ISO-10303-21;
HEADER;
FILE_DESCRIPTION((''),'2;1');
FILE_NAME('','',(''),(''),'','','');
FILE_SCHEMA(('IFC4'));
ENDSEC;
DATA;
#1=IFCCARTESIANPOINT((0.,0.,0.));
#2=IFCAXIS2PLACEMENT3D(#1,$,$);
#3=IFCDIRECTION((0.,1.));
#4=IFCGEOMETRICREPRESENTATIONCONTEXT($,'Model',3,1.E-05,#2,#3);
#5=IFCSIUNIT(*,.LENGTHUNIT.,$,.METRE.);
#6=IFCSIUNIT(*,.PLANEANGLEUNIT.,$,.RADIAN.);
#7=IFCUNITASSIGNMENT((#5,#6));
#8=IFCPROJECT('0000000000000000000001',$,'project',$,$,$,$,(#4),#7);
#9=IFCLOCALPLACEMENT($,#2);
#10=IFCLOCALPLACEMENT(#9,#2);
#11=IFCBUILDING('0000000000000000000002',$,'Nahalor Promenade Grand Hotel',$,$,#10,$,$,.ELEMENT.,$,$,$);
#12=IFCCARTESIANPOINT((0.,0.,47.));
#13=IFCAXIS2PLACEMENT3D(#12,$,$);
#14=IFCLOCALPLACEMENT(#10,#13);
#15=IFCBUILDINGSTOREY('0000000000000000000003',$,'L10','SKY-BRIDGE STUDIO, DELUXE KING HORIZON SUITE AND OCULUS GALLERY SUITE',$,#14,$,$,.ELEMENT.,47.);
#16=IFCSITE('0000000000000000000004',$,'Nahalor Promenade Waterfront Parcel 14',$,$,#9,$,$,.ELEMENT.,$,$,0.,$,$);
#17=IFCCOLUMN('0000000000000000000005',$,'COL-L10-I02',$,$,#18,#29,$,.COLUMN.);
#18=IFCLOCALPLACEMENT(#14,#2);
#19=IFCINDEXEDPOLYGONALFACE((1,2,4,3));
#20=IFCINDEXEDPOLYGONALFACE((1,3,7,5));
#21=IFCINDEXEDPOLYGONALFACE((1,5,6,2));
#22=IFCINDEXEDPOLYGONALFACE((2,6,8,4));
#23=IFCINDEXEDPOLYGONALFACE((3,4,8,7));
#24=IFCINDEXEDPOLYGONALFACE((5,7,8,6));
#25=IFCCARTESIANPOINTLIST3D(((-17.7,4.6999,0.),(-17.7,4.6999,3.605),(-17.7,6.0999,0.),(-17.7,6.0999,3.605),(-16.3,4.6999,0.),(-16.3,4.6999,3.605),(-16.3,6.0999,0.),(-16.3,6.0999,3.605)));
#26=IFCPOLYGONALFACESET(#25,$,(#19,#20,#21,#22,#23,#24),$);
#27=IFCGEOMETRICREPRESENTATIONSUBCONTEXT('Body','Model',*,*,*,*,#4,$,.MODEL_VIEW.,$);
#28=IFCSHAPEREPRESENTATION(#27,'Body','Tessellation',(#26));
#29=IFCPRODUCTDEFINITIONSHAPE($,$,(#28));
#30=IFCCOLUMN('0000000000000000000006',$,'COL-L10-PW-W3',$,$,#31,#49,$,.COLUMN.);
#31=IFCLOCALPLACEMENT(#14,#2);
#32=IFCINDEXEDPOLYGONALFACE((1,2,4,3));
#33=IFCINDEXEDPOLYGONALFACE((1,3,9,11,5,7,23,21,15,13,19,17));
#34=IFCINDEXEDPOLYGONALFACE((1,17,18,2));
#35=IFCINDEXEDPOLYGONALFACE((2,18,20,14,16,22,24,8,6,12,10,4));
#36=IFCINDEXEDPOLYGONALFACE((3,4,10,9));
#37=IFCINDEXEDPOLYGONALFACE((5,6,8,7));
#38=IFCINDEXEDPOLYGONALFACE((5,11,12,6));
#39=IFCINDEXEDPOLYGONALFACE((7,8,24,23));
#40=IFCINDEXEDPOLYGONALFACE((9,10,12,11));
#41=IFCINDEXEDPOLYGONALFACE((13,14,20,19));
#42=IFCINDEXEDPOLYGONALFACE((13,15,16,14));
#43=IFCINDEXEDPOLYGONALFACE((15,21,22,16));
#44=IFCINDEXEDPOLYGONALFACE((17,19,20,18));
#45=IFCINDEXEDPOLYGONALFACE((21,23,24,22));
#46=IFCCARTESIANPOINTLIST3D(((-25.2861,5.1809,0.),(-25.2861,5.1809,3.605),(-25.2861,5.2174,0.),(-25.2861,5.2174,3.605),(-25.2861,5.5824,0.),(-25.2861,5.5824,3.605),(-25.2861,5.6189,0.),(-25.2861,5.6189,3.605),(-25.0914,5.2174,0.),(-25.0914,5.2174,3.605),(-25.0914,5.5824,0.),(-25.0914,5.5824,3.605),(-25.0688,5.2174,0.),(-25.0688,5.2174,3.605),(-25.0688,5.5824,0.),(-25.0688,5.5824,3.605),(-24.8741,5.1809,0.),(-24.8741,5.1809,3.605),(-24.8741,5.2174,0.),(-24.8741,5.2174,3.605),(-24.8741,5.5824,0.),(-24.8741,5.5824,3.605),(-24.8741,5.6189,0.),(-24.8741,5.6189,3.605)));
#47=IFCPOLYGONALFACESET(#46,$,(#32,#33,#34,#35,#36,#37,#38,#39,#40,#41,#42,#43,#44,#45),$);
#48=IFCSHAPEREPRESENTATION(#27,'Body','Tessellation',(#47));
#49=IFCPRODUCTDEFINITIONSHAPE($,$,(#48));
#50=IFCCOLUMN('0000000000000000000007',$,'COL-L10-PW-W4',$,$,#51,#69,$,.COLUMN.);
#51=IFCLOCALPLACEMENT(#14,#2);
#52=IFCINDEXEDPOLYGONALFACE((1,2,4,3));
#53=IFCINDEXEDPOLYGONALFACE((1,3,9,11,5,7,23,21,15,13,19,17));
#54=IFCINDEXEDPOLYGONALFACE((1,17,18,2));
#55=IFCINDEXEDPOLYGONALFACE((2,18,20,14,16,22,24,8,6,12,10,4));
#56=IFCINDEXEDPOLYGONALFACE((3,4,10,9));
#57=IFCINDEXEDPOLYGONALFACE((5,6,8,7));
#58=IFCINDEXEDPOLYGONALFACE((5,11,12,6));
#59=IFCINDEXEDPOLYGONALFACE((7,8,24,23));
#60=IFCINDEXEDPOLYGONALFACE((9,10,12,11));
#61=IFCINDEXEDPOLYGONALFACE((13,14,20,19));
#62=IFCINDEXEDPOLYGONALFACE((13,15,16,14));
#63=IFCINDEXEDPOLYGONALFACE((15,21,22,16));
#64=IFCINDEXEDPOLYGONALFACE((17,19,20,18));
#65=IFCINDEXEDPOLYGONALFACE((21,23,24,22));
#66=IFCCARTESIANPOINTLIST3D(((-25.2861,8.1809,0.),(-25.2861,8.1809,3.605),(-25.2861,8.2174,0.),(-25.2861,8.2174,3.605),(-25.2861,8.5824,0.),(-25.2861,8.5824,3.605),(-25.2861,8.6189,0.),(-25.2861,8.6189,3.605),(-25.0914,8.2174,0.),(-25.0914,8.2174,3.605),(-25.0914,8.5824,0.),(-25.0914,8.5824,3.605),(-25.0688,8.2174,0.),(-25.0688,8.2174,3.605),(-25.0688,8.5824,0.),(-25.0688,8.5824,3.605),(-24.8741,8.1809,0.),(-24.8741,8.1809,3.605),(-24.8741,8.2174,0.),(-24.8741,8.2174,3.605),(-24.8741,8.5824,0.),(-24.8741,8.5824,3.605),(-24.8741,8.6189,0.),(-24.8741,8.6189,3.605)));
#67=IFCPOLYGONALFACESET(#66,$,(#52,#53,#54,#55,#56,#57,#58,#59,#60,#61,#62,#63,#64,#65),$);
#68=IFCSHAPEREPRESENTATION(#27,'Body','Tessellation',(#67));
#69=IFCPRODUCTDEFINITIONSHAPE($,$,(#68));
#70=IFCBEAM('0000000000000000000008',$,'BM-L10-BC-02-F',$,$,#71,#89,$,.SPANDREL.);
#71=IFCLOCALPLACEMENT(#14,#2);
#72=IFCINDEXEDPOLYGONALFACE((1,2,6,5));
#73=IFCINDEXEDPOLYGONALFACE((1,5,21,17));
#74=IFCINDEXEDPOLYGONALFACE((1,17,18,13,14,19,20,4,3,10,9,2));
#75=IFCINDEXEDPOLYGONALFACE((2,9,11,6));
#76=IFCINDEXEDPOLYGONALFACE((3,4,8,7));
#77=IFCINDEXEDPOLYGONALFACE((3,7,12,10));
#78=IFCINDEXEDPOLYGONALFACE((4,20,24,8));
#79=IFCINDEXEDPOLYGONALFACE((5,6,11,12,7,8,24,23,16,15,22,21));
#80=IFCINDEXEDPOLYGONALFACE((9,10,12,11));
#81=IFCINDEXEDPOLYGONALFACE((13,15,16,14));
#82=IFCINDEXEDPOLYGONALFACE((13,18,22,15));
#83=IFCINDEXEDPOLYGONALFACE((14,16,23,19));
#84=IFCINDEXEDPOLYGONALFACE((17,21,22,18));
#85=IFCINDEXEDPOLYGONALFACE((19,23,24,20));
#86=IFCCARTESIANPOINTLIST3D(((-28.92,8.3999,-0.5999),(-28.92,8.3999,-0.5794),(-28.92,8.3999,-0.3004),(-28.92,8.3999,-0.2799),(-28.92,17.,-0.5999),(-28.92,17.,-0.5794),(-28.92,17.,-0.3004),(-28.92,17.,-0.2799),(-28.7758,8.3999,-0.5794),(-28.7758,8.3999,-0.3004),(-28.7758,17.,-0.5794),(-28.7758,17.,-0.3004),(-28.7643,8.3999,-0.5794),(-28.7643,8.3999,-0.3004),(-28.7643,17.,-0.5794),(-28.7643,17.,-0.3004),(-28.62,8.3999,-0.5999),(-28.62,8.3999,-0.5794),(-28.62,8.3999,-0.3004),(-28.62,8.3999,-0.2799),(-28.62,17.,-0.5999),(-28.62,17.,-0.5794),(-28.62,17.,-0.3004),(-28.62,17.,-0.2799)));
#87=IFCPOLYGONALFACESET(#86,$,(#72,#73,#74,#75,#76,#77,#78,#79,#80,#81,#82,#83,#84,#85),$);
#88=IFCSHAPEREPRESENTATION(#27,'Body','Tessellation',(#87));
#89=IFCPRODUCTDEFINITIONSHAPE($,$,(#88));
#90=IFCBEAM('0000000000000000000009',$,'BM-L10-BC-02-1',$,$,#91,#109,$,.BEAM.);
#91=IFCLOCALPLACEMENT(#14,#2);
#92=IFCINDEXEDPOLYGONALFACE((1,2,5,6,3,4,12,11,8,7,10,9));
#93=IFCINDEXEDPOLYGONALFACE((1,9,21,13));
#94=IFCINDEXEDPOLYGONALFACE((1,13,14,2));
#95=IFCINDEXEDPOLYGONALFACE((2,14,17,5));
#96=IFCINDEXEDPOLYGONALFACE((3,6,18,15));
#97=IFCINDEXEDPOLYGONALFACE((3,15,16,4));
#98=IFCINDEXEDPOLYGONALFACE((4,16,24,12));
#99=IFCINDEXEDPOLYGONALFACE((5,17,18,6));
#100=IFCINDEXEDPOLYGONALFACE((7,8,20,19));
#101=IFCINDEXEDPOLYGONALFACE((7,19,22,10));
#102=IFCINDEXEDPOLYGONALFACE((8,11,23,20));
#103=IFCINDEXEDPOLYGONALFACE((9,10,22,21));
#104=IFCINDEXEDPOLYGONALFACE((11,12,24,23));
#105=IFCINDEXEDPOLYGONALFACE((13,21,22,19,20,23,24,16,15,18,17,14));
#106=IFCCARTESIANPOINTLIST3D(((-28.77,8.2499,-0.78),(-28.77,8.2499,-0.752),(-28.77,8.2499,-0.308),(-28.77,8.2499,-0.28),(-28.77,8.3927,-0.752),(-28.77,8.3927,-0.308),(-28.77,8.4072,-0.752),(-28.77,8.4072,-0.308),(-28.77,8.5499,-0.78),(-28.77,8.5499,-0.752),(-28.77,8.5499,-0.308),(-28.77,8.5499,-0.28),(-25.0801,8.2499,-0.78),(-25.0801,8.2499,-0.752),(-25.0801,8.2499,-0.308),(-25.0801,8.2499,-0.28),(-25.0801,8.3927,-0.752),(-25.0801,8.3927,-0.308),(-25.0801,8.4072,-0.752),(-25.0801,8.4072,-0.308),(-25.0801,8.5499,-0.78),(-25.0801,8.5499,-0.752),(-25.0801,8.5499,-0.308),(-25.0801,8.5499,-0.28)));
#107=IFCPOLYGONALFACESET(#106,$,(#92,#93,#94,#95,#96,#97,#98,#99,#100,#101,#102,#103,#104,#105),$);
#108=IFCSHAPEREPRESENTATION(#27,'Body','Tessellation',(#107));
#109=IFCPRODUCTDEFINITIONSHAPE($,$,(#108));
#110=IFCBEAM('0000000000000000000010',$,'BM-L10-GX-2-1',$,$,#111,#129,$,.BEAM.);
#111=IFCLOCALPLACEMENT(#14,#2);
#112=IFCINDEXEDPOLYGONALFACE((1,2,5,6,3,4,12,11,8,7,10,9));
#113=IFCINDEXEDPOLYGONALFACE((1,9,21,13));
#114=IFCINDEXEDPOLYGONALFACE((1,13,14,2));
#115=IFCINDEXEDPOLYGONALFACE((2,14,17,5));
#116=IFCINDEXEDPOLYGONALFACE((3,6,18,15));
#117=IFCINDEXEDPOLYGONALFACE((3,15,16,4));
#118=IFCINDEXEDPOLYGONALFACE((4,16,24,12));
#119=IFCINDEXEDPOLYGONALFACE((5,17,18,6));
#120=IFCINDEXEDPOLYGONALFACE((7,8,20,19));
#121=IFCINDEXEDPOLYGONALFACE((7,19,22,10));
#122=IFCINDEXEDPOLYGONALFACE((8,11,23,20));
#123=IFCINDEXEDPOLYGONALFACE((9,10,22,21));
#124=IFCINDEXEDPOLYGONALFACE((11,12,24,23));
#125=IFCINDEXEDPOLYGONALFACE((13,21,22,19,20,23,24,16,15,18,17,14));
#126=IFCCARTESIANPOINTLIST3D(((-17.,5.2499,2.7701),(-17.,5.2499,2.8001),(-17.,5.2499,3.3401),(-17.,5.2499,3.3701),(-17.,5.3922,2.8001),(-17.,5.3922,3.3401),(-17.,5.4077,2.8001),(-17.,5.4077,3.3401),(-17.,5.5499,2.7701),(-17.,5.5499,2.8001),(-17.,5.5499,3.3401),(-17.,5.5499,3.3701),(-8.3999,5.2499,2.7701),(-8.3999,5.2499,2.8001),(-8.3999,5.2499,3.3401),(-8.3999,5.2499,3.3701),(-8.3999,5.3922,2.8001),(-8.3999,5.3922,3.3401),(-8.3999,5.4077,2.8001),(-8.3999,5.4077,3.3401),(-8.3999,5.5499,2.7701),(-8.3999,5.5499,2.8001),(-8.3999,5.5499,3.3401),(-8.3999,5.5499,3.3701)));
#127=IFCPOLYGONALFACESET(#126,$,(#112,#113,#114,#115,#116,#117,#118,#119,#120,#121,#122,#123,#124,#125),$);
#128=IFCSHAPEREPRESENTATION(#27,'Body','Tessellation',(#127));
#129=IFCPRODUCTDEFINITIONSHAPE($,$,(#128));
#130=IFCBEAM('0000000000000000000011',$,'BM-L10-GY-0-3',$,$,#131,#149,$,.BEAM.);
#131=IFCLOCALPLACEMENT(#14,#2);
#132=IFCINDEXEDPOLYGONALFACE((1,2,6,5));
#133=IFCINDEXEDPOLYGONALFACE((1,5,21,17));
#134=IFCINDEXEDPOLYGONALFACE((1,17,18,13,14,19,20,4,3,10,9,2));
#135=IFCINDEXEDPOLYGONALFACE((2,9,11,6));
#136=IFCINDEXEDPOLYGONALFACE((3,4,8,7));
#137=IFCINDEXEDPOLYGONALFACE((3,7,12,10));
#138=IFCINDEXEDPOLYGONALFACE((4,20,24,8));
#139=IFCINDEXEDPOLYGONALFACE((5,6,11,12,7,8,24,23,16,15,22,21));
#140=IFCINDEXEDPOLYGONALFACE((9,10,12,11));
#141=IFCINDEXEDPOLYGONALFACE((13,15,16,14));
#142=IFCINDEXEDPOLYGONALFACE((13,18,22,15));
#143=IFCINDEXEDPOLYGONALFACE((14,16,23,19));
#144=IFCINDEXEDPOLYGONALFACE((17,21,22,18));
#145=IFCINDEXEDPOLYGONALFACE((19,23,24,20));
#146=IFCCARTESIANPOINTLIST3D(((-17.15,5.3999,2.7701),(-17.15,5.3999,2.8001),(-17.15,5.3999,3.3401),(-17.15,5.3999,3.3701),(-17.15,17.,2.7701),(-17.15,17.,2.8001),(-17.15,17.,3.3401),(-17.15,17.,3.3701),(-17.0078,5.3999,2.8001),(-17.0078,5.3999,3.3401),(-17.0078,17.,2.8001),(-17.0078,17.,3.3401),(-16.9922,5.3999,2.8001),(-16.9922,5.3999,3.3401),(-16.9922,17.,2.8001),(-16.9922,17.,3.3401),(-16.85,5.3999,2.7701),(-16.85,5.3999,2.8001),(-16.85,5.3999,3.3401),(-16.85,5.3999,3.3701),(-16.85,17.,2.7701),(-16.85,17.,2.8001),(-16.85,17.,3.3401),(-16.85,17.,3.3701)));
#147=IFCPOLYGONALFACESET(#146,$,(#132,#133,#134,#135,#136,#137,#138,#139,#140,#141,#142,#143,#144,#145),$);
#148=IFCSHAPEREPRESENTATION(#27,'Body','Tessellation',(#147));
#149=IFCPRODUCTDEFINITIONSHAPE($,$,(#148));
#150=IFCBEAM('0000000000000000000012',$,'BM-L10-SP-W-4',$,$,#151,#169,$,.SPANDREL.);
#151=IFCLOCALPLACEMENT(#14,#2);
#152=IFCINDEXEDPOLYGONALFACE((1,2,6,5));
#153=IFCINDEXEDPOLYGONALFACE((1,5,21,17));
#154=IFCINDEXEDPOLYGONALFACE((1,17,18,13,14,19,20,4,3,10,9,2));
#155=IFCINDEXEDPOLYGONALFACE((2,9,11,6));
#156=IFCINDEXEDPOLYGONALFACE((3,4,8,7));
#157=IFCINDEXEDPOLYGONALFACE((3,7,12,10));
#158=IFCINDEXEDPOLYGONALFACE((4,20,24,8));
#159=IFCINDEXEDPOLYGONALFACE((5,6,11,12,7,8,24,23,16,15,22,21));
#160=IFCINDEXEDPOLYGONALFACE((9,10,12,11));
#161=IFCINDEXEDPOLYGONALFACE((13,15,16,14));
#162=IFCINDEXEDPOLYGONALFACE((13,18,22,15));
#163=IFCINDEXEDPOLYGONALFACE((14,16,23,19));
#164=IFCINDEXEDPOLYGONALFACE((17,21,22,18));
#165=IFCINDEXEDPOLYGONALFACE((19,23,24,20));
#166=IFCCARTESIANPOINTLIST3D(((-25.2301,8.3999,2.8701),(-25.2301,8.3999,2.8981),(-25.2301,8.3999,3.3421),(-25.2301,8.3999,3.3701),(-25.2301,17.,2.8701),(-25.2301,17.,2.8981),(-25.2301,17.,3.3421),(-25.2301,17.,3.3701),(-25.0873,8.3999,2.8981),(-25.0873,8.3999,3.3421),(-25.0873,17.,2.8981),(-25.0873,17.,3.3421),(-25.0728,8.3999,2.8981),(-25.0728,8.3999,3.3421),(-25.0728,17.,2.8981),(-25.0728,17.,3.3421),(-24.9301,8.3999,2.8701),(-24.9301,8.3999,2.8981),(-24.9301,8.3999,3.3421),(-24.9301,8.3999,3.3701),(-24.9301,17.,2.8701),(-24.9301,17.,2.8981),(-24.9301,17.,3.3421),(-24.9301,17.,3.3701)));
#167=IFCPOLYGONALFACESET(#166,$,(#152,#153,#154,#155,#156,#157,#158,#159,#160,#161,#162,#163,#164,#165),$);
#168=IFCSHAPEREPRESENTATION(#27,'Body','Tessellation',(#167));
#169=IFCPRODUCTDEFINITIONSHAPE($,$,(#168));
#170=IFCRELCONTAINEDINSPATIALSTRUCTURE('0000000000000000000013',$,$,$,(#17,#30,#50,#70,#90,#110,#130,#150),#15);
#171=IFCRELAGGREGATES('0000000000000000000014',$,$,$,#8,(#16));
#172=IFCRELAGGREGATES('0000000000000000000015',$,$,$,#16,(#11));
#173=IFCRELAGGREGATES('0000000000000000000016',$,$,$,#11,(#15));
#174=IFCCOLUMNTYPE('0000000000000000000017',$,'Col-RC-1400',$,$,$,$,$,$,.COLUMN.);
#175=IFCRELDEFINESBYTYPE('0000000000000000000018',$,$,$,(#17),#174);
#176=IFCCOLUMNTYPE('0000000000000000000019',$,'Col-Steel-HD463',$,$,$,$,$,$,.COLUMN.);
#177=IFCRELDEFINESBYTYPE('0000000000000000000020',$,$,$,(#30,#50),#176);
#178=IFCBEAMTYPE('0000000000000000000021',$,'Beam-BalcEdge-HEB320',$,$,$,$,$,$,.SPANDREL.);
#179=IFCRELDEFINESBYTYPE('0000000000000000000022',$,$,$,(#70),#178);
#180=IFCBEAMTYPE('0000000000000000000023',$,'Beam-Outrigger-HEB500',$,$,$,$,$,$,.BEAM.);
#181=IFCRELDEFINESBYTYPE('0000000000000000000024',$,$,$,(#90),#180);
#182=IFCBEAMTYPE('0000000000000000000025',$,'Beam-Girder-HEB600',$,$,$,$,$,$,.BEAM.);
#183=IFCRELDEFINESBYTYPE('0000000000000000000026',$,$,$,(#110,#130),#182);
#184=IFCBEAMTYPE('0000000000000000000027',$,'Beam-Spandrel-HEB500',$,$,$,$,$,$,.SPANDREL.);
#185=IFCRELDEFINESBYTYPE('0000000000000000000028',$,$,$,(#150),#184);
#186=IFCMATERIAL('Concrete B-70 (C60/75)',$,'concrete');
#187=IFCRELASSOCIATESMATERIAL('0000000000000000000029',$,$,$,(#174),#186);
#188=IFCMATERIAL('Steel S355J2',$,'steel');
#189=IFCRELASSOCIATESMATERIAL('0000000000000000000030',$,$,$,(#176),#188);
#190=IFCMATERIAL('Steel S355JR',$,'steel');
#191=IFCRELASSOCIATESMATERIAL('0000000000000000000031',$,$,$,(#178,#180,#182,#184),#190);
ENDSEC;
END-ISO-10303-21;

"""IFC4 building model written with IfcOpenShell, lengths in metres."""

from ifc_helpers import new_model, si_unit, direction, frame, origin, origin_2d, place, context, subcontext, project, spatial, rectangle, i_section, extrude, source, transform, mapped, material, material_profile, profile_set, type_object, element, save


model = new_model("IFC4")

# Units and contexts
model_context = context("Model", 3, precision=1e-05, world=origin(), true_north=direction((0.0, 1.0)))
body_context = subcontext(model_context, "Body", "Model", "MODEL_VIEW")
ifc_project = project(units=[si_unit("LENGTHUNIT", "METRE"), si_unit("PLANEANGLEUNIT", "RADIAN")], contexts=[model_context])

# Site, building, storey
site_placement = place(None, origin())
site = spatial("IfcSite", under=ifc_project, at=site_placement, Name="Nahalor Promenade Waterfront Parcel 14", CompositionType="ELEMENT", RefElevation=0.0)
building_placement = place(site_placement, origin())
building = spatial("IfcBuilding", under=site, at=building_placement, Name="Nahalor Promenade Grand Hotel", CompositionType="ELEMENT")
storey_placement = place(building_placement, frame((0.0, 0.0, 47.0)))
storey = spatial("IfcBuildingStorey", under=building, at=storey_placement, Name="L10", Description="SKY-BRIDGE STUDIO, DELUXE KING HORIZON SUITE AND OCULUS GALLERY SUITE", CompositionType="ELEMENT", Elevation=47.0)

# Columns
ifc_material_1 = material(Name="Concrete B-70 (C60/75)", Category="concrete")
ifc_material_profile_1 = material_profile(ifc_material_1, rectangle(XDim=1.4, YDim=1.4, at=origin_2d()), Name="RC 1400x1400")
ifc_profile_set_1 = profile_set([ifc_material_profile_1], Name="Concrete B-70 (C60/75)")
column_type_1 = type_object("IfcColumnType", Name="Col-RC-1400", PredefinedType="COLUMN", material=ifc_profile_set_1)
shared_shape_1 = source(origin(), body_context, "Body", "SweptSolid", [
    extrude(rectangle(XDim=1.4, YDim=1.4, at=origin_2d()), origin(), (0.0, 0.0, 1.0), 3.605),
])
column_placement = place(storey_placement, frame((-17.0, 5.3999, 0.0), z_axis=(0.0, 0.0, 1.0), x_axis=(1.0, 0.0, 0.0)))
element("IfcColumn", 1, at=column_placement, inside=storey, type_object=column_type_1, Name="COL-L10-I02", PredefinedType="COLUMN", context=body_context, shape_type="MappedRepresentation", body=[
    mapped(shared_shape_1, transform((0.0, 0.0, 0.0), scale=1.0)),
])
ifc_material_2 = material(Name="Steel S355J2", Category="steel")
ifc_material_profile_2 = material_profile(ifc_material_2, i_section(OverallWidth=0.412, OverallDepth=0.438, WebThickness=0.0226, FlangeThickness=0.0365, at=origin_2d()), Name="HD 400x463")
ifc_profile_set_2 = profile_set([ifc_material_profile_2], Name="Steel S355J2")
column_type_2 = type_object("IfcColumnType", Name="Col-Steel-HD463", PredefinedType="COLUMN", material=ifc_profile_set_2)
shared_shape_2 = source(origin(), body_context, "Body", "SweptSolid", [
    extrude(i_section(OverallWidth=0.412, OverallDepth=0.438, WebThickness=0.0226, FlangeThickness=0.0365, at=origin_2d()), origin(), (0.0, 0.0, 1.0), 3.605),
])
for number, where, z_axis, x_axis, name in (
    (2, (-25.0801, 5.3999, 0.0), (0.0, 0.0, 1.0), (1.0, 0.0, 0.0), "COL-L10-PW-W3"),
    (3, (-25.0801, 8.3999, 0.0), (0.0, 0.0, 1.0), (1.0, 0.0, 0.0), "COL-L10-PW-W4"),
):
    element("IfcColumn", number, at=place(storey_placement, frame(where, z_axis=z_axis, x_axis=x_axis)), inside=storey, type_object=column_type_2, Name=name, PredefinedType="COLUMN", context=body_context, shape_type="MappedRepresentation", body=[
        mapped(shared_shape_2, transform((0.0, 0.0, 0.0), scale=1.0)),
    ])

# Beams
ifc_material_3 = material(Name="Steel S355JR", Category="steel")
ifc_material_profile_3 = material_profile(ifc_material_3, i_section(OverallWidth=0.3, OverallDepth=0.32, WebThickness=0.0115, FlangeThickness=0.0205, at=origin_2d()), Name="HEB 320")
ifc_profile_set_3 = profile_set([ifc_material_profile_3], Name="Steel S355JR")
beam_type_1 = type_object("IfcBeamType", Name="Beam-BalcEdge-HEB320", PredefinedType="SPANDREL", material=ifc_profile_set_3)
shared_shape_3 = source(origin(), body_context, "Body", "SweptSolid", [
    extrude(i_section(OverallWidth=0.3, OverallDepth=0.32, WebThickness=0.0115, FlangeThickness=0.0205, at=origin_2d()), origin(), (0.0, 0.0, 1.0), 8.6001),
])
beam_1_placement = place(storey_placement, frame((-28.77, 8.3999, -0.4399), z_axis=(0.0, 1.0, 0.0), x_axis=(-1.0, 0.0, 0.0)))
element("IfcBeam", 4, at=beam_1_placement, inside=storey, type_object=beam_type_1, Name="BM-L10-BC-02-F", PredefinedType="SPANDREL", context=body_context, shape_type="MappedRepresentation", body=[
    mapped(shared_shape_3, transform((0.0, 0.0, 0.0), scale=1.0)),
])
ifc_material_profile_4 = material_profile(ifc_material_3, i_section(OverallWidth=0.3, OverallDepth=0.5, WebThickness=0.0145, FlangeThickness=0.028, at=origin_2d()), Name="HEB 500")
ifc_profile_set_4 = profile_set([ifc_material_profile_4], Name="Steel S355JR")
beam_type_2 = type_object("IfcBeamType", Name="Beam-Outrigger-HEB500", PredefinedType="BEAM", material=ifc_profile_set_4)
shared_shape_4 = source(origin(), body_context, "Body", "SweptSolid", [
    extrude(i_section(OverallWidth=0.3, OverallDepth=0.5, WebThickness=0.0145, FlangeThickness=0.028, at=origin_2d()), origin(), (0.0, 0.0, 1.0), 3.6899),
])
beam_2_placement = place(storey_placement, frame((-28.77, 8.3999, -0.53), z_axis=(1.0, 0.0, 0.0), x_axis=(0.0, 1.0, 0.0)))
element("IfcBeam", 5, at=beam_2_placement, inside=storey, type_object=beam_type_2, Name="BM-L10-BC-02-1", PredefinedType="BEAM", context=body_context, shape_type="MappedRepresentation", body=[
    mapped(shared_shape_4, transform((0.0, 0.0, 0.0), scale=1.0)),
])
ifc_material_profile_5 = material_profile(ifc_material_3, i_section(OverallWidth=0.3, OverallDepth=0.6, WebThickness=0.0155, FlangeThickness=0.03, at=origin_2d()), Name="HEB 600")
ifc_profile_set_5 = profile_set([ifc_material_profile_5], Name="Steel S355JR")
beam_type_3 = type_object("IfcBeamType", Name="Beam-Girder-HEB600", PredefinedType="BEAM", material=ifc_profile_set_5)
shared_shape_5 = source(origin(), body_context, "Body", "SweptSolid", [
    extrude(i_section(OverallWidth=0.3, OverallDepth=0.6, WebThickness=0.0155, FlangeThickness=0.03, at=origin_2d()), origin(), (0.0, 0.0, 1.0), 8.6001),
])
beam_3_placement = place(storey_placement, frame((-17.0, 5.3999, 3.0701), z_axis=(1.0, 0.0, 0.0), x_axis=(0.0, 1.0, 0.0)))
element("IfcBeam", 6, at=beam_3_placement, inside=storey, type_object=beam_type_3, Name="BM-L10-GX-2-1", PredefinedType="BEAM", context=body_context, shape_type="MappedRepresentation", body=[
    mapped(shared_shape_5, transform((0.0, 0.0, 0.0), scale=1.0)),
])
shared_shape_6 = source(origin(), body_context, "Body", "SweptSolid", [
    extrude(i_section(OverallWidth=0.3, OverallDepth=0.6, WebThickness=0.0155, FlangeThickness=0.03, at=origin_2d()), origin(), (0.0, 0.0, 1.0), 11.6001),
])
beam_4_placement = place(storey_placement, frame((-17.0, 5.3999, 3.0701), z_axis=(0.0, 1.0, 0.0), x_axis=(-1.0, 0.0, 0.0)))
element("IfcBeam", 7, at=beam_4_placement, inside=storey, type_object=beam_type_3, Name="BM-L10-GY-0-3", PredefinedType="BEAM", context=body_context, shape_type="MappedRepresentation", body=[
    mapped(shared_shape_6, transform((0.0, 0.0, 0.0), scale=1.0)),
])
ifc_material_profile_6 = material_profile(ifc_material_3, i_section(OverallWidth=0.3, OverallDepth=0.5, WebThickness=0.0145, FlangeThickness=0.028, at=origin_2d()), Name="HEB 500")
ifc_profile_set_6 = profile_set([ifc_material_profile_6], Name="Steel S355JR")
beam_type_4 = type_object("IfcBeamType", Name="Beam-Spandrel-HEB500", PredefinedType="SPANDREL", material=ifc_profile_set_6)
shared_shape_7 = source(origin(), body_context, "Body", "SweptSolid", [
    extrude(i_section(OverallWidth=0.3, OverallDepth=0.5, WebThickness=0.0145, FlangeThickness=0.028, at=origin_2d()), origin(), (0.0, 0.0, 1.0), 8.6001),
])
beam_5_placement = place(storey_placement, frame((-25.0801, 8.3999, 3.1201), z_axis=(0.0, 1.0, 0.0), x_axis=(-1.0, 0.0, 0.0)))
element("IfcBeam", 8, at=beam_5_placement, inside=storey, type_object=beam_type_4, Name="BM-L10-SP-W-4", PredefinedType="SPANDREL", context=body_context, shape_type="MappedRepresentation", body=[
    mapped(shared_shape_7, transform((0.0, 0.0, 0.0), scale=1.0)),
])

save(model, "model.ifc")
